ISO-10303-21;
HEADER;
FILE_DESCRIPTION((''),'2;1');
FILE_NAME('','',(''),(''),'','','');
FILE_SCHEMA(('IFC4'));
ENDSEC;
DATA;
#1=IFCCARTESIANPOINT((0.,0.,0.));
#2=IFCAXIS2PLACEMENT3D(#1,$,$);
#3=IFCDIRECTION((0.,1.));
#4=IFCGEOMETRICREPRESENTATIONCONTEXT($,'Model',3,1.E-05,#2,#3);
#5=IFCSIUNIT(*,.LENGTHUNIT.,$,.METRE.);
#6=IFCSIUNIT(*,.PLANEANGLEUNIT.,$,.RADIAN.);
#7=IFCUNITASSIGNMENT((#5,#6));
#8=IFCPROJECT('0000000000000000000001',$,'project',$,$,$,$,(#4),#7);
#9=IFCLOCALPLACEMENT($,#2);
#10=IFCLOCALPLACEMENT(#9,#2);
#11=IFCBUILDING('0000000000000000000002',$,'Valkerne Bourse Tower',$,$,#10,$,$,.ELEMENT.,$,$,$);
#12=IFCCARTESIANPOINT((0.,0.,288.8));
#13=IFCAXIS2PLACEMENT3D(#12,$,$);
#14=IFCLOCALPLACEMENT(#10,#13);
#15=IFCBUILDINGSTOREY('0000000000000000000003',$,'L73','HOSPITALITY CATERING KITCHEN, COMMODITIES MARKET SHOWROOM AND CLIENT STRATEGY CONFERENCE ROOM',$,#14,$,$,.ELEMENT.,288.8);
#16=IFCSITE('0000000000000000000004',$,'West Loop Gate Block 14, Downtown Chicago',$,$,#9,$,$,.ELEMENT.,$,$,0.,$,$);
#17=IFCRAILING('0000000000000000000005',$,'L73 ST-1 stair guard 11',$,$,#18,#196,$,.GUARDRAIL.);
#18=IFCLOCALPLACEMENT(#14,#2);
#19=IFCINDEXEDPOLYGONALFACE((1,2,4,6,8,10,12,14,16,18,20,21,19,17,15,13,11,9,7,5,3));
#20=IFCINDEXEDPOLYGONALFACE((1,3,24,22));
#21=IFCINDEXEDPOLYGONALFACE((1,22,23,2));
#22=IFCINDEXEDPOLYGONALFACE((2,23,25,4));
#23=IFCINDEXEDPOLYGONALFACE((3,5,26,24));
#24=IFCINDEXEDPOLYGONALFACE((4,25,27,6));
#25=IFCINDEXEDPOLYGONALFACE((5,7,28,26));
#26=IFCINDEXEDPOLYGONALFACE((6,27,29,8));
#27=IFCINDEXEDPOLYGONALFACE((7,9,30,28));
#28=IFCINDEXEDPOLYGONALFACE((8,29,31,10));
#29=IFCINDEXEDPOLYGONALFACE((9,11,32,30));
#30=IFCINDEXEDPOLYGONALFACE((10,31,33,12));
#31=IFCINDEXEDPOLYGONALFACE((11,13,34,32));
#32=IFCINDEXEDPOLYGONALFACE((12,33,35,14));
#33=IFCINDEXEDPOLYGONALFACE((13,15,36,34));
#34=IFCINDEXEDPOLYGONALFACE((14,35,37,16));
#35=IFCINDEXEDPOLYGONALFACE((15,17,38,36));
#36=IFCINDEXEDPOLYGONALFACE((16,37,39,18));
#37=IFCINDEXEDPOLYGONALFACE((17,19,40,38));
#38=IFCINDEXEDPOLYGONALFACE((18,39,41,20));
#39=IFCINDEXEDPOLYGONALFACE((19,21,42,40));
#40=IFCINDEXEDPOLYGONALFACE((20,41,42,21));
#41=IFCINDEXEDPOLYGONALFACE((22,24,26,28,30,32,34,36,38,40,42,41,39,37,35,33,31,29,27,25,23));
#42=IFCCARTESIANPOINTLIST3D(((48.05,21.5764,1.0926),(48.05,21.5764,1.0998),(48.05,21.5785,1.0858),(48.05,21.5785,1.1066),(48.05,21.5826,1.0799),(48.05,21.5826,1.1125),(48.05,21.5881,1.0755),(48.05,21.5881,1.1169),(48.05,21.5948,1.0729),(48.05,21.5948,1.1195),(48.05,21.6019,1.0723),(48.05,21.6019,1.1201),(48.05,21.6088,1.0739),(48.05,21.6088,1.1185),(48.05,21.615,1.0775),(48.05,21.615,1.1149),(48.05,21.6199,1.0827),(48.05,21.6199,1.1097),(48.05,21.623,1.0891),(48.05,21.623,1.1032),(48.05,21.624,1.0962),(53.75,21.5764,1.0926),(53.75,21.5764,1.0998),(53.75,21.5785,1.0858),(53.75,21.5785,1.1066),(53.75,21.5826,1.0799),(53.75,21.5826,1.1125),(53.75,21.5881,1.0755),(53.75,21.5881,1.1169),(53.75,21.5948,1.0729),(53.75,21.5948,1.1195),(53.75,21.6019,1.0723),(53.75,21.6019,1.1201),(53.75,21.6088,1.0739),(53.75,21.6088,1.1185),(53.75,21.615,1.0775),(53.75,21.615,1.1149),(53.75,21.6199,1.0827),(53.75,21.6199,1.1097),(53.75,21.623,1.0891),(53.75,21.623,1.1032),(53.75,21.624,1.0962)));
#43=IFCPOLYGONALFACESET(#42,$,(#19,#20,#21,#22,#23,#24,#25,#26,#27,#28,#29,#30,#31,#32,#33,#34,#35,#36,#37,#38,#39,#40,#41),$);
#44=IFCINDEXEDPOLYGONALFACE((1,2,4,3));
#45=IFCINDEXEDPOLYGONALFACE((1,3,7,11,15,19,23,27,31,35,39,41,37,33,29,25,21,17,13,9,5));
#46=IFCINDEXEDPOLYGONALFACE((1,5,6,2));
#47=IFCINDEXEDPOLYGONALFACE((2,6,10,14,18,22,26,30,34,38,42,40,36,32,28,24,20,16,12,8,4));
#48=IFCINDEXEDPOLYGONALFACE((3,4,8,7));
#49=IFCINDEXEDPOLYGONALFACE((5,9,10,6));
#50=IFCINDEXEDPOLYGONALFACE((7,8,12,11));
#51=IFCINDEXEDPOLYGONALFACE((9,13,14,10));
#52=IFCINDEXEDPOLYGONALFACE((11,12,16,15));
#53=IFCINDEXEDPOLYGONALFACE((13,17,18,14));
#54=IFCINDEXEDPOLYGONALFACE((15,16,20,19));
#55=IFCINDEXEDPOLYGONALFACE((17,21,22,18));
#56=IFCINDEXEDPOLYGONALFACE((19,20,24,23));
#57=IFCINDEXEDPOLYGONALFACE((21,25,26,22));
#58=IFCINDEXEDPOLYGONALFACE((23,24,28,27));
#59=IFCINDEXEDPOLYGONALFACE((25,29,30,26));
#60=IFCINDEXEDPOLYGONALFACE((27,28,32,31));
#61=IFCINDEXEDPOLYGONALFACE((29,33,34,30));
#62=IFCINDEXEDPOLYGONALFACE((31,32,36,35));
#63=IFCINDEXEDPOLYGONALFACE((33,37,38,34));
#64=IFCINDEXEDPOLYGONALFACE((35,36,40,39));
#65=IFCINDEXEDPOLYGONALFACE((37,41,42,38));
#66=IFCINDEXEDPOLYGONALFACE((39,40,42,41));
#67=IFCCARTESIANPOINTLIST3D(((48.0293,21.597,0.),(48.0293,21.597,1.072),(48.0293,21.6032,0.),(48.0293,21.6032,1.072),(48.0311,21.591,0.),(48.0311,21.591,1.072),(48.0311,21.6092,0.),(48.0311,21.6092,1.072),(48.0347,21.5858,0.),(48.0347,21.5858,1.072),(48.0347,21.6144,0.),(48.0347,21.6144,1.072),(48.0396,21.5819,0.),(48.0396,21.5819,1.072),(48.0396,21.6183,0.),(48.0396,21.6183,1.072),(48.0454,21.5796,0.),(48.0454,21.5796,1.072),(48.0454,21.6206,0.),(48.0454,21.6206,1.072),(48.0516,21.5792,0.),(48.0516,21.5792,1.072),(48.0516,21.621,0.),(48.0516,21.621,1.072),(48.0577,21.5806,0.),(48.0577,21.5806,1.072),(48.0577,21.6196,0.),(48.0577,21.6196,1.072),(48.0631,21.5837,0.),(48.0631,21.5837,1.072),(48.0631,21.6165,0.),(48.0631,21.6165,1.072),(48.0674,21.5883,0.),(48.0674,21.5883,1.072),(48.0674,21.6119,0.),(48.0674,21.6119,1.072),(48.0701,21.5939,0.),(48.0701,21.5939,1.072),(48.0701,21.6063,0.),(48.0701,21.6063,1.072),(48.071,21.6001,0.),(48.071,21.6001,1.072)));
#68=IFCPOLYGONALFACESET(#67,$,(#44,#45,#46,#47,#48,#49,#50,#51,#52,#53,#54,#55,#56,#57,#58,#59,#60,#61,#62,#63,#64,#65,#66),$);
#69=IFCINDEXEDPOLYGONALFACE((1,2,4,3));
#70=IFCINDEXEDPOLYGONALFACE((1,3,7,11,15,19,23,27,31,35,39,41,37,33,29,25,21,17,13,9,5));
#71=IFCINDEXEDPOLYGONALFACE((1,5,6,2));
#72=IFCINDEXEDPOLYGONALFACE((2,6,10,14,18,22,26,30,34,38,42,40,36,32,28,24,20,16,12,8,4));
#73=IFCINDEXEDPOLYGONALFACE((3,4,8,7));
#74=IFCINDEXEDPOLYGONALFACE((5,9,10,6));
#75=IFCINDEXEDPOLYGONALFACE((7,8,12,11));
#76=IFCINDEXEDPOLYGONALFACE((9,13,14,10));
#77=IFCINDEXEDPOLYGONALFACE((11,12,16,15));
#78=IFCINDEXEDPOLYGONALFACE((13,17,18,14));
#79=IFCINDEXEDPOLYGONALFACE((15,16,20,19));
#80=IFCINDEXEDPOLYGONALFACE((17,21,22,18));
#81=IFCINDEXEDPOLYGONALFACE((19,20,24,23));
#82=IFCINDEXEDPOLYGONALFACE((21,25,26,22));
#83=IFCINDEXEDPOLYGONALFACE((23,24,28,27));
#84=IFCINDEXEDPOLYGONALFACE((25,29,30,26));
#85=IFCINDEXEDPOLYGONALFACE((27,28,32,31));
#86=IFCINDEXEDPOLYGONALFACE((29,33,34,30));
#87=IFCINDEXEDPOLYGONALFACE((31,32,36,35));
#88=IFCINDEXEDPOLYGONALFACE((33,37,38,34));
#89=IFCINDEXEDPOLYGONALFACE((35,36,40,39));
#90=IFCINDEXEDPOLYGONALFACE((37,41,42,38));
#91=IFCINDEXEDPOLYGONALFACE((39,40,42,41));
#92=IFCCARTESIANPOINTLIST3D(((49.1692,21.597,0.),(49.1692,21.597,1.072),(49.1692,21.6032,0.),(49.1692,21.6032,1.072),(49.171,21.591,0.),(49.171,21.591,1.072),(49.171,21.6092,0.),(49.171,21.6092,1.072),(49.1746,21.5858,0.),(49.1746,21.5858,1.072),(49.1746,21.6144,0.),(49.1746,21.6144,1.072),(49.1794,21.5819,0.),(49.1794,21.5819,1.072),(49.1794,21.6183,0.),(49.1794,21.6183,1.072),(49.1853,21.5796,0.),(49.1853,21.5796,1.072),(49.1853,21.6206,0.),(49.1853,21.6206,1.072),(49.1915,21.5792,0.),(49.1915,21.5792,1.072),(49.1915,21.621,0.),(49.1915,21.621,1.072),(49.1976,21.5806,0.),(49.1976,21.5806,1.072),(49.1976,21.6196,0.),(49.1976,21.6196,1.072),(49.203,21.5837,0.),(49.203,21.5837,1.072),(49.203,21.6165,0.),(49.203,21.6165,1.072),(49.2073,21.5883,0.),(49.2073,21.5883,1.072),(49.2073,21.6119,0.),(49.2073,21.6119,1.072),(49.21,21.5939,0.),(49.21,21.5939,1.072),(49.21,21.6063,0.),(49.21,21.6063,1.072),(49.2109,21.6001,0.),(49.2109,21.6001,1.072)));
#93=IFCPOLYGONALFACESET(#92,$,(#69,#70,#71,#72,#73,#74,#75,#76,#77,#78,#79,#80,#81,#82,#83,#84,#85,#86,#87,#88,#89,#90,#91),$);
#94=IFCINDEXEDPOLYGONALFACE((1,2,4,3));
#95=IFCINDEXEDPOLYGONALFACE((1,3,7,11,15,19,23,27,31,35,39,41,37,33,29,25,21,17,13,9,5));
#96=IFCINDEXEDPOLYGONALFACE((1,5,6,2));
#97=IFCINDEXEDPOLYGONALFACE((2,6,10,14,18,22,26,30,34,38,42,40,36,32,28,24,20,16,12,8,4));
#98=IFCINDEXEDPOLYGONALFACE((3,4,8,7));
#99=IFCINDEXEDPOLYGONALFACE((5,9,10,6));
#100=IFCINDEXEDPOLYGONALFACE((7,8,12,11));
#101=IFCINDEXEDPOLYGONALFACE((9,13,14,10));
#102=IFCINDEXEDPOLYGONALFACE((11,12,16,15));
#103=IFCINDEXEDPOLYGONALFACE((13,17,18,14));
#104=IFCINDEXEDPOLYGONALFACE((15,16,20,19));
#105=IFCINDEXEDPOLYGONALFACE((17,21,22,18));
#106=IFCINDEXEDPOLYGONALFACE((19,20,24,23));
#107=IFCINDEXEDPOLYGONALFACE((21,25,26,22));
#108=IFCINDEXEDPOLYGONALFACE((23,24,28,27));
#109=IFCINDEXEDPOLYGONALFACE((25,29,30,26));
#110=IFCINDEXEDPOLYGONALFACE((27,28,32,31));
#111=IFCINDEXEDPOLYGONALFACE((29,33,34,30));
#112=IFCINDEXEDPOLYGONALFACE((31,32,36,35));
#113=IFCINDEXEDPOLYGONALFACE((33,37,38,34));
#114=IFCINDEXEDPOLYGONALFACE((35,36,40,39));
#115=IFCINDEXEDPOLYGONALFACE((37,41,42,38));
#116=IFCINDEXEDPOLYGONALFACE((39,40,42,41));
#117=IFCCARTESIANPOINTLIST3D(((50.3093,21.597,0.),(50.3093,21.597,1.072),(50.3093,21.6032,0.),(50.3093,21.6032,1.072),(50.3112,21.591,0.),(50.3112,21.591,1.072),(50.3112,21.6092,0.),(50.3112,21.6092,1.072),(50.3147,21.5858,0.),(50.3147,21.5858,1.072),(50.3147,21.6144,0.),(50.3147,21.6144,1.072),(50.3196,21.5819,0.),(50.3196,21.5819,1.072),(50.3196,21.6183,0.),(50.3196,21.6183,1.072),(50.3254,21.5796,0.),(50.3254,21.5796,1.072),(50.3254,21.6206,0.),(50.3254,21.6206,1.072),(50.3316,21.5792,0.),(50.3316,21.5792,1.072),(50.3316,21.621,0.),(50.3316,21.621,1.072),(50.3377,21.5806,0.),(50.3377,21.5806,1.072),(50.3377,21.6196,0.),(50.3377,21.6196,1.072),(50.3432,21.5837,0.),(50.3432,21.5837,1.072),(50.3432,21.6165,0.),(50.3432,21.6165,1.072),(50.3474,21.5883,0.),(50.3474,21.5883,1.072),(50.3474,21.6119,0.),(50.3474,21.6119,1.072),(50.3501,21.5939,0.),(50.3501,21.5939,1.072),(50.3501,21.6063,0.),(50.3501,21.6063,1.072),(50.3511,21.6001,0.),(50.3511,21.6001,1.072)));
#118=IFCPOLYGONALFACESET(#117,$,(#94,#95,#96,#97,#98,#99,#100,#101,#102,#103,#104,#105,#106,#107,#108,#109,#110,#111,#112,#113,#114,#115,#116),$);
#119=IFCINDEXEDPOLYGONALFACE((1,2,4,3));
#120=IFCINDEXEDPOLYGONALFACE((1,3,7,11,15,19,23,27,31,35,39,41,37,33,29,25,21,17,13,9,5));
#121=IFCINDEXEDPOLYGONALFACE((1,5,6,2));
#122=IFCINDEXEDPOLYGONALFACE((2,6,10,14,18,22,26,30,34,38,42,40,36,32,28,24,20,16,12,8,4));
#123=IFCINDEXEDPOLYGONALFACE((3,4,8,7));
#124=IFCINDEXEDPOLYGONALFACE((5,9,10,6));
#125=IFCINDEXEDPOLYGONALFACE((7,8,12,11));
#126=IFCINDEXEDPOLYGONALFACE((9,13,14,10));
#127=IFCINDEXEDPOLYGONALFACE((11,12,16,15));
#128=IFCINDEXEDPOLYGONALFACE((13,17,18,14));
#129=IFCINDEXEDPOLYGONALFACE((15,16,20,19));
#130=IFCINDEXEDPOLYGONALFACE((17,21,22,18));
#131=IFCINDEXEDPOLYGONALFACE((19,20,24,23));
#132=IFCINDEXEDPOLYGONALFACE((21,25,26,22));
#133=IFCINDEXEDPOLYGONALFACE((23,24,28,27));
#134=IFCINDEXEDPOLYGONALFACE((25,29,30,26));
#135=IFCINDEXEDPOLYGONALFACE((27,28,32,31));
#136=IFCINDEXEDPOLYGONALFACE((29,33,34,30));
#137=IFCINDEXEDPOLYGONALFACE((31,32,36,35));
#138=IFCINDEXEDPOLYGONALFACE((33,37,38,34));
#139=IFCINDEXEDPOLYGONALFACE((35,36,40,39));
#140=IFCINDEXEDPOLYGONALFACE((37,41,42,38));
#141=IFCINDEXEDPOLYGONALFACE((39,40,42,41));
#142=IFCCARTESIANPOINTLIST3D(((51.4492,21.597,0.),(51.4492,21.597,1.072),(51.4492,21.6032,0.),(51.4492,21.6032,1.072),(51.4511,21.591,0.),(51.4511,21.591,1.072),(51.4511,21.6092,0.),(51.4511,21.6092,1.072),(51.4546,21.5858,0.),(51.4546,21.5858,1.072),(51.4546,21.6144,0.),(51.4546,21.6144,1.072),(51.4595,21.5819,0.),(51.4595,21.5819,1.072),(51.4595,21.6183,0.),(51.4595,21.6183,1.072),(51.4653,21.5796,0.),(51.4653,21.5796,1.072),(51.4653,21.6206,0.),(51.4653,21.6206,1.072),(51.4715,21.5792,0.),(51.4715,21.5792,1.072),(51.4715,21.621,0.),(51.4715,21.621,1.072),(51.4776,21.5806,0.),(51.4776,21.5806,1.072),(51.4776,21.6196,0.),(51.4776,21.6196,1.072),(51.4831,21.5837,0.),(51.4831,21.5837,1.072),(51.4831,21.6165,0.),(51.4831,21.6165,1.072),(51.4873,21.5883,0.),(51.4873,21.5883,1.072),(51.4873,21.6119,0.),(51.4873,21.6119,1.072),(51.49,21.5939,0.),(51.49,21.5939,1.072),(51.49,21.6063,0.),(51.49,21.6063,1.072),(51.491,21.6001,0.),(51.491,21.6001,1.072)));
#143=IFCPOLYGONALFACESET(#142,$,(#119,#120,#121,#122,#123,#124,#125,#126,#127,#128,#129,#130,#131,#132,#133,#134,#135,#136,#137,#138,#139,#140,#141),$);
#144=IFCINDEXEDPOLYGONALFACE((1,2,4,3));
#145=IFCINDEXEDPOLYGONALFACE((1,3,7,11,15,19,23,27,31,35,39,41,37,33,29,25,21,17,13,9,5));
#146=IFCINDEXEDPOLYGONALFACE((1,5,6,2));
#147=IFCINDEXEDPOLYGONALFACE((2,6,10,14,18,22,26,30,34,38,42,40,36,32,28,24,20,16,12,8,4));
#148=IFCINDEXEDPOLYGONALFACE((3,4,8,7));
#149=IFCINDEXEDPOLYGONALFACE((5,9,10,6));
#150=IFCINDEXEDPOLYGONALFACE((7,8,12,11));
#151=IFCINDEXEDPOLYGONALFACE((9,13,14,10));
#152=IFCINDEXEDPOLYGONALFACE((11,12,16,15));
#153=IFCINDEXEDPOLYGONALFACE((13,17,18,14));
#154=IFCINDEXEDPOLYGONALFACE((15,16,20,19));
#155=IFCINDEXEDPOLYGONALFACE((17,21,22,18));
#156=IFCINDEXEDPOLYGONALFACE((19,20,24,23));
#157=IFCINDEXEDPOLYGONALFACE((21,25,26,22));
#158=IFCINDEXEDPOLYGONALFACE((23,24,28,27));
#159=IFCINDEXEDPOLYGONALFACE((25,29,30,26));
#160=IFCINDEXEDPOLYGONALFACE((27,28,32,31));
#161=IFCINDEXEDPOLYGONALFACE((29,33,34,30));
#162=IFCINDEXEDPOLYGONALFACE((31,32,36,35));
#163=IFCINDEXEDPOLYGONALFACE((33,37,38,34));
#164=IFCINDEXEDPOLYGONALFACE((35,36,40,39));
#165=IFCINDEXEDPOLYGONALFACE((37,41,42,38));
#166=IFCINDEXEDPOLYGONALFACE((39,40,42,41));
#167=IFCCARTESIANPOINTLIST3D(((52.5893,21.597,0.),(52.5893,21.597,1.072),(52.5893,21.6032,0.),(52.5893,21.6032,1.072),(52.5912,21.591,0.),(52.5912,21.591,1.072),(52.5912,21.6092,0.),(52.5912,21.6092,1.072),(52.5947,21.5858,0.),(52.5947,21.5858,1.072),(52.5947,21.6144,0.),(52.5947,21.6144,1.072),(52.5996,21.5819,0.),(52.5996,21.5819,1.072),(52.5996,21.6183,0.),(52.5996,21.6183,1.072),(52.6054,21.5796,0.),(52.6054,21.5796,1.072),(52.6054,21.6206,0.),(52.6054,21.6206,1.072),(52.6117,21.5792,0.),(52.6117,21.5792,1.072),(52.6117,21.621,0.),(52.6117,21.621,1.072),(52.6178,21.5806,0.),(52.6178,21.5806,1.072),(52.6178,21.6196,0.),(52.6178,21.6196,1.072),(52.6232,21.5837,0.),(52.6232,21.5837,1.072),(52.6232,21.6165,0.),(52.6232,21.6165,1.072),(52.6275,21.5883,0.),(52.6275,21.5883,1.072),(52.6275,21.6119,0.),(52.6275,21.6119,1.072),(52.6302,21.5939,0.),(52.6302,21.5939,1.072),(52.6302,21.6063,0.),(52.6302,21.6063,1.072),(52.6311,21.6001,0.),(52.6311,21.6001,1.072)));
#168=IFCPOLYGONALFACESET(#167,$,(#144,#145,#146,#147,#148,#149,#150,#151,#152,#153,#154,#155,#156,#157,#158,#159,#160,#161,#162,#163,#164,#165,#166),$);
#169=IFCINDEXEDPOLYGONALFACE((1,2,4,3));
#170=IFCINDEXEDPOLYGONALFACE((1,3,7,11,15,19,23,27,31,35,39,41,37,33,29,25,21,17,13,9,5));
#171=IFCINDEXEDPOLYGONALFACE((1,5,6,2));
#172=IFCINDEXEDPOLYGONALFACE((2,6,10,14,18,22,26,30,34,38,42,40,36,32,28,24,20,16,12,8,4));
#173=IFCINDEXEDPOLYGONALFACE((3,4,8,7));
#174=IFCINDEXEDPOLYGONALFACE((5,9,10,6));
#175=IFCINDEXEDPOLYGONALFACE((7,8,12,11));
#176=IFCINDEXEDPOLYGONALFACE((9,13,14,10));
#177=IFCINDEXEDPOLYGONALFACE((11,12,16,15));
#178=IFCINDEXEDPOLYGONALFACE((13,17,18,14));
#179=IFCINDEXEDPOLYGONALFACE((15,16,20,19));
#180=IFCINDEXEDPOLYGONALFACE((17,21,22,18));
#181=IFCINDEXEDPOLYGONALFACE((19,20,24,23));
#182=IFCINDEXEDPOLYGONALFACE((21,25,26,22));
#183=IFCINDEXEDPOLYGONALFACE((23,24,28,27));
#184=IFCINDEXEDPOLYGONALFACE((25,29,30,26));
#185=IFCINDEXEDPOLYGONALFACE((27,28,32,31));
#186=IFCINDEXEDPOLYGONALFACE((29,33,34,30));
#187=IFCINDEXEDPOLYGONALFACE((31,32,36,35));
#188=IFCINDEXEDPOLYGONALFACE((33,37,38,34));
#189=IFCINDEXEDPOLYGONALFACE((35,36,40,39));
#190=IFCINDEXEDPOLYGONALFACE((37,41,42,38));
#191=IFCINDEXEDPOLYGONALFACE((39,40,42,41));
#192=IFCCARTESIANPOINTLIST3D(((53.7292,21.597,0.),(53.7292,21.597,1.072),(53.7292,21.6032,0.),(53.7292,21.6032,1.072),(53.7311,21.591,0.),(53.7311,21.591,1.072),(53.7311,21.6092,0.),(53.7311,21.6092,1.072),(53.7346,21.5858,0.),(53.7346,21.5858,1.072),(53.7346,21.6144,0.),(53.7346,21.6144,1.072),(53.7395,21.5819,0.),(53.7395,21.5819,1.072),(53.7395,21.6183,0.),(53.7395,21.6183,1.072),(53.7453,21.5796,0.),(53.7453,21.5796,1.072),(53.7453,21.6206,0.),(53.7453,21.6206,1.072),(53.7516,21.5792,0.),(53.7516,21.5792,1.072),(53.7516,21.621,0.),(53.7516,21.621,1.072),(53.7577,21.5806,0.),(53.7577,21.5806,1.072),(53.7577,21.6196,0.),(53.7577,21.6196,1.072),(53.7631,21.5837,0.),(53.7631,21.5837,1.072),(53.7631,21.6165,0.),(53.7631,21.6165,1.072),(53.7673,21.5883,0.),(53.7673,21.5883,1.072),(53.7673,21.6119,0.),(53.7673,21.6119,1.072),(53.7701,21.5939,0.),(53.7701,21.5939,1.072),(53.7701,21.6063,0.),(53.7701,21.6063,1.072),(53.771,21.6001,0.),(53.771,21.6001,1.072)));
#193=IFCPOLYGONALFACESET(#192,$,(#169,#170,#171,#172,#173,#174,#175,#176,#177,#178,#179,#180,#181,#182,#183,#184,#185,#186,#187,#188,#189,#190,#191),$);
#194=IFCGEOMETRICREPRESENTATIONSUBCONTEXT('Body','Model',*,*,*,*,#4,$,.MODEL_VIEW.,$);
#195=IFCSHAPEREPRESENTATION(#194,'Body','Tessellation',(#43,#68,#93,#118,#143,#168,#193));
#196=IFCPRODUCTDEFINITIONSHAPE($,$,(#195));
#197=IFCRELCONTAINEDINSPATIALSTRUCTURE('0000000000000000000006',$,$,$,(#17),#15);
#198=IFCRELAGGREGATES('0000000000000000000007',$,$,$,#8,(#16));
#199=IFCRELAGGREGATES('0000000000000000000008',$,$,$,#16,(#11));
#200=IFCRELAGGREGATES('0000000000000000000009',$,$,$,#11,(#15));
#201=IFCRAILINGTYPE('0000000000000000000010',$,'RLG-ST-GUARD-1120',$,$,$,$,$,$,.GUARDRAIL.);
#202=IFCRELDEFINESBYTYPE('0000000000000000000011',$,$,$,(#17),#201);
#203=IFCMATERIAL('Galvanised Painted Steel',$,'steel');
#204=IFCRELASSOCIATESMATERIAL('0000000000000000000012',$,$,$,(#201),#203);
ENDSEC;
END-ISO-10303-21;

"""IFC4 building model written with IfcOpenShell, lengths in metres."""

from ifc_helpers import new_model, si_unit, direction, frame, origin, origin_2d, place, context, subcontext, project, spatial, circle, extrude, material, type_object, element, save


model = new_model("IFC4")

# Units and contexts
model_context = context("Model", 3, precision=1e-05, world=origin(), true_north=direction((0.0, 1.0)))
body_context = subcontext(model_context, "Body", "Model", "MODEL_VIEW")
ifc_project = project(units=[si_unit("LENGTHUNIT", "METRE"), si_unit("PLANEANGLEUNIT", "RADIAN")], contexts=[model_context])

# Site, building, storey
site_placement = place(None, origin())
site = spatial("IfcSite", under=ifc_project, at=site_placement, Name="West Loop Gate Block 14, Downtown Chicago", CompositionType="ELEMENT", RefElevation=0.0)
building_placement = place(site_placement, origin())
building = spatial("IfcBuilding", under=site, at=building_placement, Name="Valkerne Bourse Tower", CompositionType="ELEMENT")
storey_placement = place(building_placement, frame((0.0, 0.0, 288.8)))
storey = spatial("IfcBuildingStorey", under=building, at=storey_placement, Name="L73", Description="HOSPITALITY CATERING KITCHEN, COMMODITIES MARKET SHOWROOM AND CLIENT STRATEGY CONFERENCE ROOM", CompositionType="ELEMENT", Elevation=288.8)

# Shared definitions
ifc_material_1 = material(Name="Galvanised Painted Steel", Category="steel")

# Railing
railing_type_1 = type_object("IfcRailingType", Name="RLG-ST-GUARD-1120", PredefinedType="GUARDRAIL", material=ifc_material_1)
railing_1_placement = place(storey_placement, frame((48.05, 21.6001, 0.0)))
element("IfcRailing", 1, at=railing_1_placement, inside=storey, type_object=railing_type_1, Name="L73 ST-1 stair guard 11", PredefinedType="GUARDRAIL", context=body_context, shape_type="SweptSolid", body=[
    extrude(circle(Radius=0.0239, at=origin_2d()), frame((0.0, 0.0, 1.0962), z_axis=(1.0, 0.0, 0.0), x_axis=(0.0, 1.0, 0.0)), (0.0, 0.0, 1.0), 5.7),
    extrude(circle(Radius=0.021, at=origin_2d()), origin(), (0.0, 0.0, 1.0), 1.072),
    extrude(circle(Radius=0.021, at=origin_2d()), frame((1.1399, 0.0, 0.0)), (0.0, 0.0, 1.0), 1.072),
    extrude(circle(Radius=0.021, at=origin_2d()), frame((2.28, 0.0, 0.0)), (0.0, 0.0, 1.0), 1.072),
    extrude(circle(Radius=0.021, at=origin_2d()), frame((3.4199, 0.0, 0.0)), (0.0, 0.0, 1.0), 1.072),
    extrude(circle(Radius=0.021, at=origin_2d()), frame((4.5601, 0.0, 0.0)), (0.0, 0.0, 1.0), 1.072),
    extrude(circle(Radius=0.021, at=origin_2d()), frame((5.7, 0.0, 0.0)), (0.0, 0.0, 1.0), 1.072),
])

save(model, "model.ifc")
